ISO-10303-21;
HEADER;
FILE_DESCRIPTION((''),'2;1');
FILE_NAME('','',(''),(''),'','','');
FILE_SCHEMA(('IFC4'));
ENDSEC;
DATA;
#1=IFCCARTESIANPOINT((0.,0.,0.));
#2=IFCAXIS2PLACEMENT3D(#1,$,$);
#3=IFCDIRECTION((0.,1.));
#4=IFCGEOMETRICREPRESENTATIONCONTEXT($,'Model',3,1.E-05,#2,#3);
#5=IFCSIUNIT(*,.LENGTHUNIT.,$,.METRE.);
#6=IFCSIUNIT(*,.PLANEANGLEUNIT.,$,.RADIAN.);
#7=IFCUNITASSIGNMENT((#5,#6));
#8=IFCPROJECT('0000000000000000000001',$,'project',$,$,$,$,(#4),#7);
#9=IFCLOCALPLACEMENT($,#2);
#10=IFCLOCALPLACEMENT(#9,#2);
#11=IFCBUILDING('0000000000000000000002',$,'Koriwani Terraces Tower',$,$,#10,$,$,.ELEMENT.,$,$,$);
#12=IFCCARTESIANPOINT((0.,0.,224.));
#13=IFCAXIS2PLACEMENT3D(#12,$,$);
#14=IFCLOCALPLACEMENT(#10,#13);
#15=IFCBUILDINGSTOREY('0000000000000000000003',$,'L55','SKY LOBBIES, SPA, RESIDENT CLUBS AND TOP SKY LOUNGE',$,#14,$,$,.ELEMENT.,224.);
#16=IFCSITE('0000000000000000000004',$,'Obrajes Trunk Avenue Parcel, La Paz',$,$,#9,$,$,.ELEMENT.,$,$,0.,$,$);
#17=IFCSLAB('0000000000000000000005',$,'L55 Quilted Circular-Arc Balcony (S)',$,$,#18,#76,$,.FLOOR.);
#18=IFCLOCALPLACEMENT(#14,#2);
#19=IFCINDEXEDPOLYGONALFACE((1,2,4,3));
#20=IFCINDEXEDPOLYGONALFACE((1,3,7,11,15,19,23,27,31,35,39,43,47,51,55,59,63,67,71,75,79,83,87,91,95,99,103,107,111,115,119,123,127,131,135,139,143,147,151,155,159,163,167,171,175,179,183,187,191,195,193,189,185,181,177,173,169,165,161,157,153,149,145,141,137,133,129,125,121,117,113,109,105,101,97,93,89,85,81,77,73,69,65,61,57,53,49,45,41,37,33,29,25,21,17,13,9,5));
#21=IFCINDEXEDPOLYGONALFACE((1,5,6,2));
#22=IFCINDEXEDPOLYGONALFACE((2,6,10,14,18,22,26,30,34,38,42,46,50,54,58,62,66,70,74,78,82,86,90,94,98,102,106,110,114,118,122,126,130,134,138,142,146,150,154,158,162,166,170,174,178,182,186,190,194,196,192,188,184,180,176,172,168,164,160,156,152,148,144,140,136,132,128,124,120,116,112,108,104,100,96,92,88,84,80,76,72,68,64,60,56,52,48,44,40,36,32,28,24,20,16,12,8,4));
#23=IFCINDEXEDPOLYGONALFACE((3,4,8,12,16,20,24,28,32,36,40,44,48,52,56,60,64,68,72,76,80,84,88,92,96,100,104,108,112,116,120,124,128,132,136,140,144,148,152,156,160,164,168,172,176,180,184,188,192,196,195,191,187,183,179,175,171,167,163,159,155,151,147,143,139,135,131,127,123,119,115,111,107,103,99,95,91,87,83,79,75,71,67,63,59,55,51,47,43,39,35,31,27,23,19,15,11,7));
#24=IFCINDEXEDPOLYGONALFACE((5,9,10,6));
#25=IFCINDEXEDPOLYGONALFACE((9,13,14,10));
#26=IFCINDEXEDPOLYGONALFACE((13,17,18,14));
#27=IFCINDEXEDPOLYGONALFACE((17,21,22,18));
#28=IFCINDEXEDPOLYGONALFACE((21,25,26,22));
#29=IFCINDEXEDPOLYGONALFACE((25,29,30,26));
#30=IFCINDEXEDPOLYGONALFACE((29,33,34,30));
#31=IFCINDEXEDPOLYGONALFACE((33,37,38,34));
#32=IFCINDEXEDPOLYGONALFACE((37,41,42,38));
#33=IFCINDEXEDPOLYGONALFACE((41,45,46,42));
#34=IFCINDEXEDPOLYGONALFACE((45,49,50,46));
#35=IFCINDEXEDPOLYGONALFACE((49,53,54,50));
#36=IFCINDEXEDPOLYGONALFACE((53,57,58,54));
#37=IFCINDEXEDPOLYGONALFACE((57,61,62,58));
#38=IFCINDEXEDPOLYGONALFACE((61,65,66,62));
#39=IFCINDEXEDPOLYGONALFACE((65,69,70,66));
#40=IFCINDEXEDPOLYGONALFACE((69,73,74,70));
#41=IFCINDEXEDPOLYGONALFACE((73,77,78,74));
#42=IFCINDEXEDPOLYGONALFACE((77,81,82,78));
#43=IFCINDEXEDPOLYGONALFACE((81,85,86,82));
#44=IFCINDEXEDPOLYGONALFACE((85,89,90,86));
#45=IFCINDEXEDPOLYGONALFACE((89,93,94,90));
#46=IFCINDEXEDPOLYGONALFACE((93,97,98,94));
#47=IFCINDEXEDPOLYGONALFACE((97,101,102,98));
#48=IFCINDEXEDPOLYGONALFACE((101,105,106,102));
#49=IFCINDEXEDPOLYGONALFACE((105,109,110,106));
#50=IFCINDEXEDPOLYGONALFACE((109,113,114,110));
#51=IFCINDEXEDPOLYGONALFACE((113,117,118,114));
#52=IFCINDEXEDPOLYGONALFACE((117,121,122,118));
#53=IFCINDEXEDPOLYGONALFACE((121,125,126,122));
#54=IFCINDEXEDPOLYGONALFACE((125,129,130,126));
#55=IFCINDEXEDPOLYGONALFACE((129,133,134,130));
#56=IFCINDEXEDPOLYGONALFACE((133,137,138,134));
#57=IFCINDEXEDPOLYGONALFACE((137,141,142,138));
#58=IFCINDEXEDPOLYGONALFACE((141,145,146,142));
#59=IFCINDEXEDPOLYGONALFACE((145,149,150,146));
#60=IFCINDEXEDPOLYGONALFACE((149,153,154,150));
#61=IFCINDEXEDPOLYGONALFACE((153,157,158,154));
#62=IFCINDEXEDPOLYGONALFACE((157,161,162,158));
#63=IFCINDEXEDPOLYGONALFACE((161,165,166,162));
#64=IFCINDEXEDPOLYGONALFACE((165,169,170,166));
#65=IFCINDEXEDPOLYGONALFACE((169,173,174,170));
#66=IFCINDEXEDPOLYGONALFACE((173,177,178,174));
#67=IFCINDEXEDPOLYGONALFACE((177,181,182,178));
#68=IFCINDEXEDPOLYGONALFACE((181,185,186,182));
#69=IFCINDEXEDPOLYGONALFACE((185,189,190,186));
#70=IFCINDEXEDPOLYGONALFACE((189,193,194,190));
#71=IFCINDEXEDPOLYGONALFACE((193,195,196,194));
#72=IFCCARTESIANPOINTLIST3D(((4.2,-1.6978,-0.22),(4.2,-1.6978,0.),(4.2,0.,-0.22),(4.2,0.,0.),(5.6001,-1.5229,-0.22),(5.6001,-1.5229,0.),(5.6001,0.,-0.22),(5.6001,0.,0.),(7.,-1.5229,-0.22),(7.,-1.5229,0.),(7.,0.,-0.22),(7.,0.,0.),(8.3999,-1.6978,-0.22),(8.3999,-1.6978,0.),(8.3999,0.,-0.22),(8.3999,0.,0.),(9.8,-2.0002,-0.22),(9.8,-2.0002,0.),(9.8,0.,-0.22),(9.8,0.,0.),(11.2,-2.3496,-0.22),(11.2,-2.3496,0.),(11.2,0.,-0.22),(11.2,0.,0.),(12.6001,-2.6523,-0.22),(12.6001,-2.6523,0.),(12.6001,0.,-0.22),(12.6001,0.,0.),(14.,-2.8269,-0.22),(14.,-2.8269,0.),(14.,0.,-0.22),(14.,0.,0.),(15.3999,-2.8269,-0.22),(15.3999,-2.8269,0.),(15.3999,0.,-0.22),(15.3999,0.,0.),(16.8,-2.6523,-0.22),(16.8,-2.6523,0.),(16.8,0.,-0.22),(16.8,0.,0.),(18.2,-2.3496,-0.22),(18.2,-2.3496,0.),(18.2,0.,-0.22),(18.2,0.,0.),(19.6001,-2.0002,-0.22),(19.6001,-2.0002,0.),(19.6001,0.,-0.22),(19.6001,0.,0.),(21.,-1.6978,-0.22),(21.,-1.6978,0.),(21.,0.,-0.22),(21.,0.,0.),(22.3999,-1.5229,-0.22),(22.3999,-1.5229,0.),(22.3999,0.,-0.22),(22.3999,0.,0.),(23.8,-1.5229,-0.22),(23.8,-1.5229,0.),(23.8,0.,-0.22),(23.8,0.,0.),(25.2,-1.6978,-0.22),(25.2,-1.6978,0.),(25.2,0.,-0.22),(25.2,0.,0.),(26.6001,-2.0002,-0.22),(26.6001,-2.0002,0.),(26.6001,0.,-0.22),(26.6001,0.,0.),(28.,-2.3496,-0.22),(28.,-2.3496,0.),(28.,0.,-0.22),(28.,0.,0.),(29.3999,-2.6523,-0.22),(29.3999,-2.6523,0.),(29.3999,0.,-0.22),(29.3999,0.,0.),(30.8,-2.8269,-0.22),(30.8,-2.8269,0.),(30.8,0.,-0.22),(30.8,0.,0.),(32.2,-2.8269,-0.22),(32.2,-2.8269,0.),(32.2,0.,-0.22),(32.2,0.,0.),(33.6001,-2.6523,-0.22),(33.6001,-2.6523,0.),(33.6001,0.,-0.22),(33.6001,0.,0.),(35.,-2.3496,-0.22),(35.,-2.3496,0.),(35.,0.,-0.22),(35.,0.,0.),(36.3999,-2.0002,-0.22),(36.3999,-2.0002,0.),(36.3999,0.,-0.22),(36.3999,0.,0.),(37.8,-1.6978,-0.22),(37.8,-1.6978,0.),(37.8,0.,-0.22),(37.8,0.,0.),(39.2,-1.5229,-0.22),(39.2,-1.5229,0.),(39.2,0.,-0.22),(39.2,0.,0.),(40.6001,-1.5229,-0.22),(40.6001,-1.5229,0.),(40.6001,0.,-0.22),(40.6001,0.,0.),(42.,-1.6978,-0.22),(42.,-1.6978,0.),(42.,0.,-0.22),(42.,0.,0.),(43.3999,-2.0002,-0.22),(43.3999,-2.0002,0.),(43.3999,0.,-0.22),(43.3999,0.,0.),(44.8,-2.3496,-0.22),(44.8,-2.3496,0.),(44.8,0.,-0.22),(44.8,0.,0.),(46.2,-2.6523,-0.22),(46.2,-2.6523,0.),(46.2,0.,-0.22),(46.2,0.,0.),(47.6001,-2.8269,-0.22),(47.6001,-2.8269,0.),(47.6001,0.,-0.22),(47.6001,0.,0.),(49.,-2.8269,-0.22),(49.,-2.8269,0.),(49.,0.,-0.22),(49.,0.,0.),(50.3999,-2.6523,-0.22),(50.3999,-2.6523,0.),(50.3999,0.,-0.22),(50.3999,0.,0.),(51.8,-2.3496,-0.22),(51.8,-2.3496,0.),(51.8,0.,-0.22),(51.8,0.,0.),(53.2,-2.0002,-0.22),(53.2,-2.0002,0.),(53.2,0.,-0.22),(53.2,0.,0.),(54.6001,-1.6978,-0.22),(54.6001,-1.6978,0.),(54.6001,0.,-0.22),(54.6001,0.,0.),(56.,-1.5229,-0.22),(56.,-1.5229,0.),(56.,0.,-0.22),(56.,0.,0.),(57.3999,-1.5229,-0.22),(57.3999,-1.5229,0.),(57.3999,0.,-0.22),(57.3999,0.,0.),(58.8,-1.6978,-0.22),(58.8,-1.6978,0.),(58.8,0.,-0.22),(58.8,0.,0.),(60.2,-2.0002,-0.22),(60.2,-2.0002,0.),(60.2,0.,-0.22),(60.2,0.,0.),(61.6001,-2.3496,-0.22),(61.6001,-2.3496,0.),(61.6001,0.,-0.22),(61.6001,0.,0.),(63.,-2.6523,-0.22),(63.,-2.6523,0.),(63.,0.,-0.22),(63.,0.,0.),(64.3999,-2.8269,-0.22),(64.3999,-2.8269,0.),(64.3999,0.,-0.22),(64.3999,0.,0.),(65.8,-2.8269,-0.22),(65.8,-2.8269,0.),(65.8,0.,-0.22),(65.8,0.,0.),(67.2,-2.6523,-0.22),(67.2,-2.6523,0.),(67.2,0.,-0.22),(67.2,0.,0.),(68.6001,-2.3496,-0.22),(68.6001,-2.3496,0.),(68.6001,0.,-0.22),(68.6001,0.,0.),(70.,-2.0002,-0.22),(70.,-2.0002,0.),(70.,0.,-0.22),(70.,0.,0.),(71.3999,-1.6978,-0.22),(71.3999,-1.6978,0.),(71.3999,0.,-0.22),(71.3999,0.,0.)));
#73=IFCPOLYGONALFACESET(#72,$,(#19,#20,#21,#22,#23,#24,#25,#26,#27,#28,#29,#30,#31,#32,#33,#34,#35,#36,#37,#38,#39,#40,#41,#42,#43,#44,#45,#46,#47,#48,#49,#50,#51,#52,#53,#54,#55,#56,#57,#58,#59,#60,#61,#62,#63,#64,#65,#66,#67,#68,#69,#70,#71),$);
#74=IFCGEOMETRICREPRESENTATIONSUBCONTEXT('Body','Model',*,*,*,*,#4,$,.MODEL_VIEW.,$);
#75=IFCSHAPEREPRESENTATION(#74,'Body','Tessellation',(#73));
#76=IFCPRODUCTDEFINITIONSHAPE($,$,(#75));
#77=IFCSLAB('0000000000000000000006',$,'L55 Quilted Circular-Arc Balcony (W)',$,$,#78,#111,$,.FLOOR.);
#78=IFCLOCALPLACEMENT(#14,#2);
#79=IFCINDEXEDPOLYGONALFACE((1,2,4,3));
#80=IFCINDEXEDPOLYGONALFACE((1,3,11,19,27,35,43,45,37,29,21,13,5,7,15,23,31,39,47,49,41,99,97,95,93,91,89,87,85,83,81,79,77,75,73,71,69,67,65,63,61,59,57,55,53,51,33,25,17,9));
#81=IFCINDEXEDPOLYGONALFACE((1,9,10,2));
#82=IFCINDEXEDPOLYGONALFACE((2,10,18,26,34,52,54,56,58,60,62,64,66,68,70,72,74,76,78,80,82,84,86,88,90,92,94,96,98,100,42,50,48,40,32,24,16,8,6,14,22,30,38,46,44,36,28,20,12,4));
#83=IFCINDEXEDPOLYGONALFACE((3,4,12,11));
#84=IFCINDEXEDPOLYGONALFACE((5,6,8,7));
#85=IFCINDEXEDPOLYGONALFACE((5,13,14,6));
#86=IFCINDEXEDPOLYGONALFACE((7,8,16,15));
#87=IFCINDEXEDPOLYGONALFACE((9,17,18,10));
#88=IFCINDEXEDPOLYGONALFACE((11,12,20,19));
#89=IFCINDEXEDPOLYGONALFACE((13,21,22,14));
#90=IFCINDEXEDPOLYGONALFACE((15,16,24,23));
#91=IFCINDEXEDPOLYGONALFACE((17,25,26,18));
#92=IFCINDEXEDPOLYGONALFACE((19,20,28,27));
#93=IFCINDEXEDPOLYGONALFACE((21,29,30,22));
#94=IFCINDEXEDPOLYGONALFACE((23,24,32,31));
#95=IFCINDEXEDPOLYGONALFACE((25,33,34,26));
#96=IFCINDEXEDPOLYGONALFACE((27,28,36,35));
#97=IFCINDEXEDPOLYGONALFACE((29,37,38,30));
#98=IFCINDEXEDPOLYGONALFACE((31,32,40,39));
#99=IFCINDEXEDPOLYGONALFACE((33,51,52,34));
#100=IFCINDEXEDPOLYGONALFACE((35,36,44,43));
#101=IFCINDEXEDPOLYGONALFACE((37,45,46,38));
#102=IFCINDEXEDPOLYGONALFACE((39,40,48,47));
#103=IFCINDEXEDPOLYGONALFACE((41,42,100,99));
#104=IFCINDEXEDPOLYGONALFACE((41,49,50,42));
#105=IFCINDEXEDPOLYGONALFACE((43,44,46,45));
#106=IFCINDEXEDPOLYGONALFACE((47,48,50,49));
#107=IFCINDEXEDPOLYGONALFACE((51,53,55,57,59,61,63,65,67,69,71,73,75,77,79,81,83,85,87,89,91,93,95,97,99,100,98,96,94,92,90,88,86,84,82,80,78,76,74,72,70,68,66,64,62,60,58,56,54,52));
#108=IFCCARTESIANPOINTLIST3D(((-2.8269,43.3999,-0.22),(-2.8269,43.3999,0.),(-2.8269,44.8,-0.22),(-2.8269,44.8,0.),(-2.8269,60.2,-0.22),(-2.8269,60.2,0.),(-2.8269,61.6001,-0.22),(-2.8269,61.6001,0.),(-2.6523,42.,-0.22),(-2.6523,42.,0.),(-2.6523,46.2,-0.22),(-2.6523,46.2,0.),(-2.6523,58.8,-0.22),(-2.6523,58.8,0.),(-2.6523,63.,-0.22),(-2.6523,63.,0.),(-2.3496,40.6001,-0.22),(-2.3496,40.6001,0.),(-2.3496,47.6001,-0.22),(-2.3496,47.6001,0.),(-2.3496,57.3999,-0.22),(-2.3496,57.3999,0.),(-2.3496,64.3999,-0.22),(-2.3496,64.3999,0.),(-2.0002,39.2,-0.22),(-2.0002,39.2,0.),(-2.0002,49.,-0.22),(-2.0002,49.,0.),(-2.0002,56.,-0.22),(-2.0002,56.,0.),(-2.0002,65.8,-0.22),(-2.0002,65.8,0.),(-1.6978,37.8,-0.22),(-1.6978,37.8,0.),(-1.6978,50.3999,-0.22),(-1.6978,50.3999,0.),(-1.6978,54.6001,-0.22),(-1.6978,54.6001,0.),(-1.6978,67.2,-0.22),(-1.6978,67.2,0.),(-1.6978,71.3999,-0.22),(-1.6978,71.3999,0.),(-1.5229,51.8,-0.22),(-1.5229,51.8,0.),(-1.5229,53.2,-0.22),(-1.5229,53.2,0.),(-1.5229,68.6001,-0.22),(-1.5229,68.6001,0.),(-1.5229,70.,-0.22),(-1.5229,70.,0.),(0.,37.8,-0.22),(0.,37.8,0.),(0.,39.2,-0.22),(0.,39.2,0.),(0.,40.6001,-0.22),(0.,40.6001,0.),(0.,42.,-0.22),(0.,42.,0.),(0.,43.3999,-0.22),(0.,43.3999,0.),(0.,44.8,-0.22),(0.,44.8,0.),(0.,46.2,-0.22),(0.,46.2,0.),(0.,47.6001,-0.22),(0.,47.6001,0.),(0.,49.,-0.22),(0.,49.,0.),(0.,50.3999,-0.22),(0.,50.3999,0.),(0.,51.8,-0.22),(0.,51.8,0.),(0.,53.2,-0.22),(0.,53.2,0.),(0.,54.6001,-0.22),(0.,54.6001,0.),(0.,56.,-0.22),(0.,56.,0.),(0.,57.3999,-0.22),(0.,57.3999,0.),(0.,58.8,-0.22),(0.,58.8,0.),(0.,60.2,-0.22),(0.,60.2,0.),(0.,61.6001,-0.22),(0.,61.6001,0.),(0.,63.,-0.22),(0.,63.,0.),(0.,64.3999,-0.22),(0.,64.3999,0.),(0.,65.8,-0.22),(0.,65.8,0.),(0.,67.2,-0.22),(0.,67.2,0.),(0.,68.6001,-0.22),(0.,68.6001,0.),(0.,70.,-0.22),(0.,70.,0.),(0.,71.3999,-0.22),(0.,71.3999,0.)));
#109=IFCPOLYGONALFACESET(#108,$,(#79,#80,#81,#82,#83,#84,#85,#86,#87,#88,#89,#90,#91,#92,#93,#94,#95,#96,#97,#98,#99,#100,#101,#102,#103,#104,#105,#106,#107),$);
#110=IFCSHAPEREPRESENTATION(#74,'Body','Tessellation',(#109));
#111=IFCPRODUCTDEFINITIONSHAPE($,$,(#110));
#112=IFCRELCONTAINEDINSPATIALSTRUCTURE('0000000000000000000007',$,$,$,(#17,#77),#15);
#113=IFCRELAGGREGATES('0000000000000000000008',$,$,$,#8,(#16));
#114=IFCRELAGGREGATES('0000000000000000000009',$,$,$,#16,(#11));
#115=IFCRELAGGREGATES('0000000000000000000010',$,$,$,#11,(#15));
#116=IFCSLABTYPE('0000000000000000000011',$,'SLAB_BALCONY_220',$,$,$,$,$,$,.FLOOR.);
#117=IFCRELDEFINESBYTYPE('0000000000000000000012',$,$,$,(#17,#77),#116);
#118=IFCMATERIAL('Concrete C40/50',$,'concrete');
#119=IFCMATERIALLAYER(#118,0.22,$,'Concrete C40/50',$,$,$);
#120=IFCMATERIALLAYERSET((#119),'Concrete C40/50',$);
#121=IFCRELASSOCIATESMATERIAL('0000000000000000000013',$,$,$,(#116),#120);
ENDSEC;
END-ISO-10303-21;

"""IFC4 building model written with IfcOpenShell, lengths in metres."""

from ifc_helpers import new_model, si_unit, direction, frame, origin, place, context, subcontext, project, spatial, polyline, outline, extrude, material, layer, layer_set, type_object, element, save


model = new_model("IFC4")

# Units and contexts
model_context = context("Model", 3, precision=1e-05, world=origin(), true_north=direction((0.0, 1.0)))
body_context = subcontext(model_context, "Body", "Model", "MODEL_VIEW")
ifc_project = project(units=[si_unit("LENGTHUNIT", "METRE"), si_unit("PLANEANGLEUNIT", "RADIAN")], contexts=[model_context])

# Site, building, storey
site_placement = place(None, origin())
site = spatial("IfcSite", under=ifc_project, at=site_placement, Name="Obrajes Trunk Avenue Parcel, La Paz", CompositionType="ELEMENT", RefElevation=0.0)
building_placement = place(site_placement, origin())
building = spatial("IfcBuilding", under=site, at=building_placement, Name="Koriwani Terraces Tower", CompositionType="ELEMENT")
storey_placement = place(building_placement, frame((0.0, 0.0, 224.0)))
storey = spatial("IfcBuildingStorey", under=building, at=storey_placement, Name="L55", Description="SKY LOBBIES, SPA, RESIDENT CLUBS AND TOP SKY LOUNGE", CompositionType="ELEMENT", Elevation=224.0)

# Shared definitions
ifc_material_1 = material(Name="Concrete C40/50", Category="concrete")

# Slabs
ifc_layer_1 = layer(ifc_material_1, 0.22, Name="Concrete C40/50")
ifc_layer_set_1 = layer_set([ifc_layer_1], Name="Concrete C40/50")
slab_type_1 = type_object("IfcSlabType", Name="SLAB_BALCONY_220", PredefinedType="FLOOR", material=ifc_layer_set_1)
slab_1_placement = place(storey_placement, frame((0.0, 0.0, -0.22)))
element("IfcSlab", 1, at=slab_1_placement, inside=storey, type_object=slab_type_1, Name="L55 Quilted Circular-Arc Balcony (S)", PredefinedType="FLOOR", context=body_context, shape_type="SweptSolid", body=[
    extrude(outline(polyline([(4.2, 0.0), (5.6001, 0.0), (7.0, 0.0), (8.3999, 0.0), (9.8, 0.0), (11.2, 0.0), (12.6001, 0.0), (14.0, 0.0), (15.3999, 0.0), (16.8, 0.0), (18.2, 0.0), (19.6001, 0.0), (21.0, 0.0), (22.3999, 0.0), (23.8, 0.0), (25.2, 0.0), (26.6001, 0.0), (28.0, 0.0), (29.3999, 0.0), (30.8, 0.0), (32.2, 0.0), (33.6001, 0.0), (35.0, 0.0), (36.3999, 0.0), (37.8, 0.0), (39.2, 0.0), (40.6001, 0.0), (42.0, 0.0), (43.3999, 0.0), (44.8, 0.0), (46.2, 0.0), (47.6001, 0.0), (49.0, 0.0), (50.3999, 0.0), (51.8, 0.0), (53.2, 0.0), (54.6001, 0.0), (56.0, 0.0), (57.3999, 0.0), (58.8, 0.0), (60.2, 0.0), (61.6001, 0.0), (63.0, 0.0), (64.3999, 0.0), (65.8, 0.0), (67.2, 0.0), (68.6001, 0.0), (70.0, 0.0), (71.3999, 0.0), (71.3999, -1.6978), (70.0, -2.0002), (68.6001, -2.3496), (67.2, -2.6523), (65.8, -2.8269), (64.3999, -2.8269), (63.0, -2.6523), (61.6001, -2.3496), (60.2, -2.0002), (58.8, -1.6978), (57.3999, -1.5229), (56.0, -1.5229), (54.6001, -1.6978), (53.2, -2.0002), (51.8, -2.3496), (50.3999, -2.6523), (49.0, -2.8269), (47.6001, -2.8269), (46.2, -2.6523), (44.8, -2.3496), (43.3999, -2.0002), (42.0, -1.6978), (40.6001, -1.5229), (39.2, -1.5229), (37.8, -1.6978), (36.3999, -2.0002), (35.0, -2.3496), (33.6001, -2.6523), (32.2, -2.8269), (30.8, -2.8269), (29.3999, -2.6523), (28.0, -2.3496), (26.6001, -2.0002), (25.2, -1.6978), (23.8, -1.5229), (22.3999, -1.5229), (21.0, -1.6978), (19.6001, -2.0002), (18.2, -2.3496), (16.8, -2.6523), (15.3999, -2.8269), (14.0, -2.8269), (12.6001, -2.6523), (11.2, -2.3496), (9.8, -2.0002), (8.3999, -1.6978), (7.0, -1.5229), (5.6001, -1.5229), (4.2, -1.6978), (4.2, 0.0)])), origin(), (0.0, 0.0, 1.0), 0.22),
])
slab_2_placement = place(storey_placement, frame((0.0, 0.0, -0.22)))
element("IfcSlab", 2, at=slab_2_placement, inside=storey, type_object=slab_type_1, Name="L55 Quilted Circular-Arc Balcony (W)", PredefinedType="FLOOR", context=body_context, shape_type="SweptSolid", body=[
    extrude(outline(polyline([(0.0, 37.8), (0.0, 39.2), (0.0, 40.6001), (0.0, 42.0), (0.0, 43.3999), (0.0, 44.8), (0.0, 46.2), (0.0, 47.6001), (0.0, 49.0), (0.0, 50.3999), (0.0, 51.8), (0.0, 53.2), (0.0, 54.6001), (0.0, 56.0), (0.0, 57.3999), (0.0, 58.8), (0.0, 60.2), (0.0, 61.6001), (0.0, 63.0), (0.0, 64.3999), (0.0, 65.8), (0.0, 67.2), (0.0, 68.6001), (0.0, 70.0), (0.0, 71.3999), (-1.6978, 71.3999), (-1.5229, 70.0), (-1.5229, 68.6001), (-1.6978, 67.2), (-2.0002, 65.8), (-2.3496, 64.3999), (-2.6523, 63.0), (-2.8269, 61.6001), (-2.8269, 60.2), (-2.6523, 58.8), (-2.3496, 57.3999), (-2.0002, 56.0), (-1.6978, 54.6001), (-1.5229, 53.2), (-1.5229, 51.8), (-1.6978, 50.3999), (-2.0002, 49.0), (-2.3496, 47.6001), (-2.6523, 46.2), (-2.8269, 44.8), (-2.8269, 43.3999), (-2.6523, 42.0), (-2.3496, 40.6001), (-2.0002, 39.2), (-1.6978, 37.8), (0.0, 37.8)])), origin(), (0.0, 0.0, 1.0), 0.22),
])

save(model, "model.ifc")
